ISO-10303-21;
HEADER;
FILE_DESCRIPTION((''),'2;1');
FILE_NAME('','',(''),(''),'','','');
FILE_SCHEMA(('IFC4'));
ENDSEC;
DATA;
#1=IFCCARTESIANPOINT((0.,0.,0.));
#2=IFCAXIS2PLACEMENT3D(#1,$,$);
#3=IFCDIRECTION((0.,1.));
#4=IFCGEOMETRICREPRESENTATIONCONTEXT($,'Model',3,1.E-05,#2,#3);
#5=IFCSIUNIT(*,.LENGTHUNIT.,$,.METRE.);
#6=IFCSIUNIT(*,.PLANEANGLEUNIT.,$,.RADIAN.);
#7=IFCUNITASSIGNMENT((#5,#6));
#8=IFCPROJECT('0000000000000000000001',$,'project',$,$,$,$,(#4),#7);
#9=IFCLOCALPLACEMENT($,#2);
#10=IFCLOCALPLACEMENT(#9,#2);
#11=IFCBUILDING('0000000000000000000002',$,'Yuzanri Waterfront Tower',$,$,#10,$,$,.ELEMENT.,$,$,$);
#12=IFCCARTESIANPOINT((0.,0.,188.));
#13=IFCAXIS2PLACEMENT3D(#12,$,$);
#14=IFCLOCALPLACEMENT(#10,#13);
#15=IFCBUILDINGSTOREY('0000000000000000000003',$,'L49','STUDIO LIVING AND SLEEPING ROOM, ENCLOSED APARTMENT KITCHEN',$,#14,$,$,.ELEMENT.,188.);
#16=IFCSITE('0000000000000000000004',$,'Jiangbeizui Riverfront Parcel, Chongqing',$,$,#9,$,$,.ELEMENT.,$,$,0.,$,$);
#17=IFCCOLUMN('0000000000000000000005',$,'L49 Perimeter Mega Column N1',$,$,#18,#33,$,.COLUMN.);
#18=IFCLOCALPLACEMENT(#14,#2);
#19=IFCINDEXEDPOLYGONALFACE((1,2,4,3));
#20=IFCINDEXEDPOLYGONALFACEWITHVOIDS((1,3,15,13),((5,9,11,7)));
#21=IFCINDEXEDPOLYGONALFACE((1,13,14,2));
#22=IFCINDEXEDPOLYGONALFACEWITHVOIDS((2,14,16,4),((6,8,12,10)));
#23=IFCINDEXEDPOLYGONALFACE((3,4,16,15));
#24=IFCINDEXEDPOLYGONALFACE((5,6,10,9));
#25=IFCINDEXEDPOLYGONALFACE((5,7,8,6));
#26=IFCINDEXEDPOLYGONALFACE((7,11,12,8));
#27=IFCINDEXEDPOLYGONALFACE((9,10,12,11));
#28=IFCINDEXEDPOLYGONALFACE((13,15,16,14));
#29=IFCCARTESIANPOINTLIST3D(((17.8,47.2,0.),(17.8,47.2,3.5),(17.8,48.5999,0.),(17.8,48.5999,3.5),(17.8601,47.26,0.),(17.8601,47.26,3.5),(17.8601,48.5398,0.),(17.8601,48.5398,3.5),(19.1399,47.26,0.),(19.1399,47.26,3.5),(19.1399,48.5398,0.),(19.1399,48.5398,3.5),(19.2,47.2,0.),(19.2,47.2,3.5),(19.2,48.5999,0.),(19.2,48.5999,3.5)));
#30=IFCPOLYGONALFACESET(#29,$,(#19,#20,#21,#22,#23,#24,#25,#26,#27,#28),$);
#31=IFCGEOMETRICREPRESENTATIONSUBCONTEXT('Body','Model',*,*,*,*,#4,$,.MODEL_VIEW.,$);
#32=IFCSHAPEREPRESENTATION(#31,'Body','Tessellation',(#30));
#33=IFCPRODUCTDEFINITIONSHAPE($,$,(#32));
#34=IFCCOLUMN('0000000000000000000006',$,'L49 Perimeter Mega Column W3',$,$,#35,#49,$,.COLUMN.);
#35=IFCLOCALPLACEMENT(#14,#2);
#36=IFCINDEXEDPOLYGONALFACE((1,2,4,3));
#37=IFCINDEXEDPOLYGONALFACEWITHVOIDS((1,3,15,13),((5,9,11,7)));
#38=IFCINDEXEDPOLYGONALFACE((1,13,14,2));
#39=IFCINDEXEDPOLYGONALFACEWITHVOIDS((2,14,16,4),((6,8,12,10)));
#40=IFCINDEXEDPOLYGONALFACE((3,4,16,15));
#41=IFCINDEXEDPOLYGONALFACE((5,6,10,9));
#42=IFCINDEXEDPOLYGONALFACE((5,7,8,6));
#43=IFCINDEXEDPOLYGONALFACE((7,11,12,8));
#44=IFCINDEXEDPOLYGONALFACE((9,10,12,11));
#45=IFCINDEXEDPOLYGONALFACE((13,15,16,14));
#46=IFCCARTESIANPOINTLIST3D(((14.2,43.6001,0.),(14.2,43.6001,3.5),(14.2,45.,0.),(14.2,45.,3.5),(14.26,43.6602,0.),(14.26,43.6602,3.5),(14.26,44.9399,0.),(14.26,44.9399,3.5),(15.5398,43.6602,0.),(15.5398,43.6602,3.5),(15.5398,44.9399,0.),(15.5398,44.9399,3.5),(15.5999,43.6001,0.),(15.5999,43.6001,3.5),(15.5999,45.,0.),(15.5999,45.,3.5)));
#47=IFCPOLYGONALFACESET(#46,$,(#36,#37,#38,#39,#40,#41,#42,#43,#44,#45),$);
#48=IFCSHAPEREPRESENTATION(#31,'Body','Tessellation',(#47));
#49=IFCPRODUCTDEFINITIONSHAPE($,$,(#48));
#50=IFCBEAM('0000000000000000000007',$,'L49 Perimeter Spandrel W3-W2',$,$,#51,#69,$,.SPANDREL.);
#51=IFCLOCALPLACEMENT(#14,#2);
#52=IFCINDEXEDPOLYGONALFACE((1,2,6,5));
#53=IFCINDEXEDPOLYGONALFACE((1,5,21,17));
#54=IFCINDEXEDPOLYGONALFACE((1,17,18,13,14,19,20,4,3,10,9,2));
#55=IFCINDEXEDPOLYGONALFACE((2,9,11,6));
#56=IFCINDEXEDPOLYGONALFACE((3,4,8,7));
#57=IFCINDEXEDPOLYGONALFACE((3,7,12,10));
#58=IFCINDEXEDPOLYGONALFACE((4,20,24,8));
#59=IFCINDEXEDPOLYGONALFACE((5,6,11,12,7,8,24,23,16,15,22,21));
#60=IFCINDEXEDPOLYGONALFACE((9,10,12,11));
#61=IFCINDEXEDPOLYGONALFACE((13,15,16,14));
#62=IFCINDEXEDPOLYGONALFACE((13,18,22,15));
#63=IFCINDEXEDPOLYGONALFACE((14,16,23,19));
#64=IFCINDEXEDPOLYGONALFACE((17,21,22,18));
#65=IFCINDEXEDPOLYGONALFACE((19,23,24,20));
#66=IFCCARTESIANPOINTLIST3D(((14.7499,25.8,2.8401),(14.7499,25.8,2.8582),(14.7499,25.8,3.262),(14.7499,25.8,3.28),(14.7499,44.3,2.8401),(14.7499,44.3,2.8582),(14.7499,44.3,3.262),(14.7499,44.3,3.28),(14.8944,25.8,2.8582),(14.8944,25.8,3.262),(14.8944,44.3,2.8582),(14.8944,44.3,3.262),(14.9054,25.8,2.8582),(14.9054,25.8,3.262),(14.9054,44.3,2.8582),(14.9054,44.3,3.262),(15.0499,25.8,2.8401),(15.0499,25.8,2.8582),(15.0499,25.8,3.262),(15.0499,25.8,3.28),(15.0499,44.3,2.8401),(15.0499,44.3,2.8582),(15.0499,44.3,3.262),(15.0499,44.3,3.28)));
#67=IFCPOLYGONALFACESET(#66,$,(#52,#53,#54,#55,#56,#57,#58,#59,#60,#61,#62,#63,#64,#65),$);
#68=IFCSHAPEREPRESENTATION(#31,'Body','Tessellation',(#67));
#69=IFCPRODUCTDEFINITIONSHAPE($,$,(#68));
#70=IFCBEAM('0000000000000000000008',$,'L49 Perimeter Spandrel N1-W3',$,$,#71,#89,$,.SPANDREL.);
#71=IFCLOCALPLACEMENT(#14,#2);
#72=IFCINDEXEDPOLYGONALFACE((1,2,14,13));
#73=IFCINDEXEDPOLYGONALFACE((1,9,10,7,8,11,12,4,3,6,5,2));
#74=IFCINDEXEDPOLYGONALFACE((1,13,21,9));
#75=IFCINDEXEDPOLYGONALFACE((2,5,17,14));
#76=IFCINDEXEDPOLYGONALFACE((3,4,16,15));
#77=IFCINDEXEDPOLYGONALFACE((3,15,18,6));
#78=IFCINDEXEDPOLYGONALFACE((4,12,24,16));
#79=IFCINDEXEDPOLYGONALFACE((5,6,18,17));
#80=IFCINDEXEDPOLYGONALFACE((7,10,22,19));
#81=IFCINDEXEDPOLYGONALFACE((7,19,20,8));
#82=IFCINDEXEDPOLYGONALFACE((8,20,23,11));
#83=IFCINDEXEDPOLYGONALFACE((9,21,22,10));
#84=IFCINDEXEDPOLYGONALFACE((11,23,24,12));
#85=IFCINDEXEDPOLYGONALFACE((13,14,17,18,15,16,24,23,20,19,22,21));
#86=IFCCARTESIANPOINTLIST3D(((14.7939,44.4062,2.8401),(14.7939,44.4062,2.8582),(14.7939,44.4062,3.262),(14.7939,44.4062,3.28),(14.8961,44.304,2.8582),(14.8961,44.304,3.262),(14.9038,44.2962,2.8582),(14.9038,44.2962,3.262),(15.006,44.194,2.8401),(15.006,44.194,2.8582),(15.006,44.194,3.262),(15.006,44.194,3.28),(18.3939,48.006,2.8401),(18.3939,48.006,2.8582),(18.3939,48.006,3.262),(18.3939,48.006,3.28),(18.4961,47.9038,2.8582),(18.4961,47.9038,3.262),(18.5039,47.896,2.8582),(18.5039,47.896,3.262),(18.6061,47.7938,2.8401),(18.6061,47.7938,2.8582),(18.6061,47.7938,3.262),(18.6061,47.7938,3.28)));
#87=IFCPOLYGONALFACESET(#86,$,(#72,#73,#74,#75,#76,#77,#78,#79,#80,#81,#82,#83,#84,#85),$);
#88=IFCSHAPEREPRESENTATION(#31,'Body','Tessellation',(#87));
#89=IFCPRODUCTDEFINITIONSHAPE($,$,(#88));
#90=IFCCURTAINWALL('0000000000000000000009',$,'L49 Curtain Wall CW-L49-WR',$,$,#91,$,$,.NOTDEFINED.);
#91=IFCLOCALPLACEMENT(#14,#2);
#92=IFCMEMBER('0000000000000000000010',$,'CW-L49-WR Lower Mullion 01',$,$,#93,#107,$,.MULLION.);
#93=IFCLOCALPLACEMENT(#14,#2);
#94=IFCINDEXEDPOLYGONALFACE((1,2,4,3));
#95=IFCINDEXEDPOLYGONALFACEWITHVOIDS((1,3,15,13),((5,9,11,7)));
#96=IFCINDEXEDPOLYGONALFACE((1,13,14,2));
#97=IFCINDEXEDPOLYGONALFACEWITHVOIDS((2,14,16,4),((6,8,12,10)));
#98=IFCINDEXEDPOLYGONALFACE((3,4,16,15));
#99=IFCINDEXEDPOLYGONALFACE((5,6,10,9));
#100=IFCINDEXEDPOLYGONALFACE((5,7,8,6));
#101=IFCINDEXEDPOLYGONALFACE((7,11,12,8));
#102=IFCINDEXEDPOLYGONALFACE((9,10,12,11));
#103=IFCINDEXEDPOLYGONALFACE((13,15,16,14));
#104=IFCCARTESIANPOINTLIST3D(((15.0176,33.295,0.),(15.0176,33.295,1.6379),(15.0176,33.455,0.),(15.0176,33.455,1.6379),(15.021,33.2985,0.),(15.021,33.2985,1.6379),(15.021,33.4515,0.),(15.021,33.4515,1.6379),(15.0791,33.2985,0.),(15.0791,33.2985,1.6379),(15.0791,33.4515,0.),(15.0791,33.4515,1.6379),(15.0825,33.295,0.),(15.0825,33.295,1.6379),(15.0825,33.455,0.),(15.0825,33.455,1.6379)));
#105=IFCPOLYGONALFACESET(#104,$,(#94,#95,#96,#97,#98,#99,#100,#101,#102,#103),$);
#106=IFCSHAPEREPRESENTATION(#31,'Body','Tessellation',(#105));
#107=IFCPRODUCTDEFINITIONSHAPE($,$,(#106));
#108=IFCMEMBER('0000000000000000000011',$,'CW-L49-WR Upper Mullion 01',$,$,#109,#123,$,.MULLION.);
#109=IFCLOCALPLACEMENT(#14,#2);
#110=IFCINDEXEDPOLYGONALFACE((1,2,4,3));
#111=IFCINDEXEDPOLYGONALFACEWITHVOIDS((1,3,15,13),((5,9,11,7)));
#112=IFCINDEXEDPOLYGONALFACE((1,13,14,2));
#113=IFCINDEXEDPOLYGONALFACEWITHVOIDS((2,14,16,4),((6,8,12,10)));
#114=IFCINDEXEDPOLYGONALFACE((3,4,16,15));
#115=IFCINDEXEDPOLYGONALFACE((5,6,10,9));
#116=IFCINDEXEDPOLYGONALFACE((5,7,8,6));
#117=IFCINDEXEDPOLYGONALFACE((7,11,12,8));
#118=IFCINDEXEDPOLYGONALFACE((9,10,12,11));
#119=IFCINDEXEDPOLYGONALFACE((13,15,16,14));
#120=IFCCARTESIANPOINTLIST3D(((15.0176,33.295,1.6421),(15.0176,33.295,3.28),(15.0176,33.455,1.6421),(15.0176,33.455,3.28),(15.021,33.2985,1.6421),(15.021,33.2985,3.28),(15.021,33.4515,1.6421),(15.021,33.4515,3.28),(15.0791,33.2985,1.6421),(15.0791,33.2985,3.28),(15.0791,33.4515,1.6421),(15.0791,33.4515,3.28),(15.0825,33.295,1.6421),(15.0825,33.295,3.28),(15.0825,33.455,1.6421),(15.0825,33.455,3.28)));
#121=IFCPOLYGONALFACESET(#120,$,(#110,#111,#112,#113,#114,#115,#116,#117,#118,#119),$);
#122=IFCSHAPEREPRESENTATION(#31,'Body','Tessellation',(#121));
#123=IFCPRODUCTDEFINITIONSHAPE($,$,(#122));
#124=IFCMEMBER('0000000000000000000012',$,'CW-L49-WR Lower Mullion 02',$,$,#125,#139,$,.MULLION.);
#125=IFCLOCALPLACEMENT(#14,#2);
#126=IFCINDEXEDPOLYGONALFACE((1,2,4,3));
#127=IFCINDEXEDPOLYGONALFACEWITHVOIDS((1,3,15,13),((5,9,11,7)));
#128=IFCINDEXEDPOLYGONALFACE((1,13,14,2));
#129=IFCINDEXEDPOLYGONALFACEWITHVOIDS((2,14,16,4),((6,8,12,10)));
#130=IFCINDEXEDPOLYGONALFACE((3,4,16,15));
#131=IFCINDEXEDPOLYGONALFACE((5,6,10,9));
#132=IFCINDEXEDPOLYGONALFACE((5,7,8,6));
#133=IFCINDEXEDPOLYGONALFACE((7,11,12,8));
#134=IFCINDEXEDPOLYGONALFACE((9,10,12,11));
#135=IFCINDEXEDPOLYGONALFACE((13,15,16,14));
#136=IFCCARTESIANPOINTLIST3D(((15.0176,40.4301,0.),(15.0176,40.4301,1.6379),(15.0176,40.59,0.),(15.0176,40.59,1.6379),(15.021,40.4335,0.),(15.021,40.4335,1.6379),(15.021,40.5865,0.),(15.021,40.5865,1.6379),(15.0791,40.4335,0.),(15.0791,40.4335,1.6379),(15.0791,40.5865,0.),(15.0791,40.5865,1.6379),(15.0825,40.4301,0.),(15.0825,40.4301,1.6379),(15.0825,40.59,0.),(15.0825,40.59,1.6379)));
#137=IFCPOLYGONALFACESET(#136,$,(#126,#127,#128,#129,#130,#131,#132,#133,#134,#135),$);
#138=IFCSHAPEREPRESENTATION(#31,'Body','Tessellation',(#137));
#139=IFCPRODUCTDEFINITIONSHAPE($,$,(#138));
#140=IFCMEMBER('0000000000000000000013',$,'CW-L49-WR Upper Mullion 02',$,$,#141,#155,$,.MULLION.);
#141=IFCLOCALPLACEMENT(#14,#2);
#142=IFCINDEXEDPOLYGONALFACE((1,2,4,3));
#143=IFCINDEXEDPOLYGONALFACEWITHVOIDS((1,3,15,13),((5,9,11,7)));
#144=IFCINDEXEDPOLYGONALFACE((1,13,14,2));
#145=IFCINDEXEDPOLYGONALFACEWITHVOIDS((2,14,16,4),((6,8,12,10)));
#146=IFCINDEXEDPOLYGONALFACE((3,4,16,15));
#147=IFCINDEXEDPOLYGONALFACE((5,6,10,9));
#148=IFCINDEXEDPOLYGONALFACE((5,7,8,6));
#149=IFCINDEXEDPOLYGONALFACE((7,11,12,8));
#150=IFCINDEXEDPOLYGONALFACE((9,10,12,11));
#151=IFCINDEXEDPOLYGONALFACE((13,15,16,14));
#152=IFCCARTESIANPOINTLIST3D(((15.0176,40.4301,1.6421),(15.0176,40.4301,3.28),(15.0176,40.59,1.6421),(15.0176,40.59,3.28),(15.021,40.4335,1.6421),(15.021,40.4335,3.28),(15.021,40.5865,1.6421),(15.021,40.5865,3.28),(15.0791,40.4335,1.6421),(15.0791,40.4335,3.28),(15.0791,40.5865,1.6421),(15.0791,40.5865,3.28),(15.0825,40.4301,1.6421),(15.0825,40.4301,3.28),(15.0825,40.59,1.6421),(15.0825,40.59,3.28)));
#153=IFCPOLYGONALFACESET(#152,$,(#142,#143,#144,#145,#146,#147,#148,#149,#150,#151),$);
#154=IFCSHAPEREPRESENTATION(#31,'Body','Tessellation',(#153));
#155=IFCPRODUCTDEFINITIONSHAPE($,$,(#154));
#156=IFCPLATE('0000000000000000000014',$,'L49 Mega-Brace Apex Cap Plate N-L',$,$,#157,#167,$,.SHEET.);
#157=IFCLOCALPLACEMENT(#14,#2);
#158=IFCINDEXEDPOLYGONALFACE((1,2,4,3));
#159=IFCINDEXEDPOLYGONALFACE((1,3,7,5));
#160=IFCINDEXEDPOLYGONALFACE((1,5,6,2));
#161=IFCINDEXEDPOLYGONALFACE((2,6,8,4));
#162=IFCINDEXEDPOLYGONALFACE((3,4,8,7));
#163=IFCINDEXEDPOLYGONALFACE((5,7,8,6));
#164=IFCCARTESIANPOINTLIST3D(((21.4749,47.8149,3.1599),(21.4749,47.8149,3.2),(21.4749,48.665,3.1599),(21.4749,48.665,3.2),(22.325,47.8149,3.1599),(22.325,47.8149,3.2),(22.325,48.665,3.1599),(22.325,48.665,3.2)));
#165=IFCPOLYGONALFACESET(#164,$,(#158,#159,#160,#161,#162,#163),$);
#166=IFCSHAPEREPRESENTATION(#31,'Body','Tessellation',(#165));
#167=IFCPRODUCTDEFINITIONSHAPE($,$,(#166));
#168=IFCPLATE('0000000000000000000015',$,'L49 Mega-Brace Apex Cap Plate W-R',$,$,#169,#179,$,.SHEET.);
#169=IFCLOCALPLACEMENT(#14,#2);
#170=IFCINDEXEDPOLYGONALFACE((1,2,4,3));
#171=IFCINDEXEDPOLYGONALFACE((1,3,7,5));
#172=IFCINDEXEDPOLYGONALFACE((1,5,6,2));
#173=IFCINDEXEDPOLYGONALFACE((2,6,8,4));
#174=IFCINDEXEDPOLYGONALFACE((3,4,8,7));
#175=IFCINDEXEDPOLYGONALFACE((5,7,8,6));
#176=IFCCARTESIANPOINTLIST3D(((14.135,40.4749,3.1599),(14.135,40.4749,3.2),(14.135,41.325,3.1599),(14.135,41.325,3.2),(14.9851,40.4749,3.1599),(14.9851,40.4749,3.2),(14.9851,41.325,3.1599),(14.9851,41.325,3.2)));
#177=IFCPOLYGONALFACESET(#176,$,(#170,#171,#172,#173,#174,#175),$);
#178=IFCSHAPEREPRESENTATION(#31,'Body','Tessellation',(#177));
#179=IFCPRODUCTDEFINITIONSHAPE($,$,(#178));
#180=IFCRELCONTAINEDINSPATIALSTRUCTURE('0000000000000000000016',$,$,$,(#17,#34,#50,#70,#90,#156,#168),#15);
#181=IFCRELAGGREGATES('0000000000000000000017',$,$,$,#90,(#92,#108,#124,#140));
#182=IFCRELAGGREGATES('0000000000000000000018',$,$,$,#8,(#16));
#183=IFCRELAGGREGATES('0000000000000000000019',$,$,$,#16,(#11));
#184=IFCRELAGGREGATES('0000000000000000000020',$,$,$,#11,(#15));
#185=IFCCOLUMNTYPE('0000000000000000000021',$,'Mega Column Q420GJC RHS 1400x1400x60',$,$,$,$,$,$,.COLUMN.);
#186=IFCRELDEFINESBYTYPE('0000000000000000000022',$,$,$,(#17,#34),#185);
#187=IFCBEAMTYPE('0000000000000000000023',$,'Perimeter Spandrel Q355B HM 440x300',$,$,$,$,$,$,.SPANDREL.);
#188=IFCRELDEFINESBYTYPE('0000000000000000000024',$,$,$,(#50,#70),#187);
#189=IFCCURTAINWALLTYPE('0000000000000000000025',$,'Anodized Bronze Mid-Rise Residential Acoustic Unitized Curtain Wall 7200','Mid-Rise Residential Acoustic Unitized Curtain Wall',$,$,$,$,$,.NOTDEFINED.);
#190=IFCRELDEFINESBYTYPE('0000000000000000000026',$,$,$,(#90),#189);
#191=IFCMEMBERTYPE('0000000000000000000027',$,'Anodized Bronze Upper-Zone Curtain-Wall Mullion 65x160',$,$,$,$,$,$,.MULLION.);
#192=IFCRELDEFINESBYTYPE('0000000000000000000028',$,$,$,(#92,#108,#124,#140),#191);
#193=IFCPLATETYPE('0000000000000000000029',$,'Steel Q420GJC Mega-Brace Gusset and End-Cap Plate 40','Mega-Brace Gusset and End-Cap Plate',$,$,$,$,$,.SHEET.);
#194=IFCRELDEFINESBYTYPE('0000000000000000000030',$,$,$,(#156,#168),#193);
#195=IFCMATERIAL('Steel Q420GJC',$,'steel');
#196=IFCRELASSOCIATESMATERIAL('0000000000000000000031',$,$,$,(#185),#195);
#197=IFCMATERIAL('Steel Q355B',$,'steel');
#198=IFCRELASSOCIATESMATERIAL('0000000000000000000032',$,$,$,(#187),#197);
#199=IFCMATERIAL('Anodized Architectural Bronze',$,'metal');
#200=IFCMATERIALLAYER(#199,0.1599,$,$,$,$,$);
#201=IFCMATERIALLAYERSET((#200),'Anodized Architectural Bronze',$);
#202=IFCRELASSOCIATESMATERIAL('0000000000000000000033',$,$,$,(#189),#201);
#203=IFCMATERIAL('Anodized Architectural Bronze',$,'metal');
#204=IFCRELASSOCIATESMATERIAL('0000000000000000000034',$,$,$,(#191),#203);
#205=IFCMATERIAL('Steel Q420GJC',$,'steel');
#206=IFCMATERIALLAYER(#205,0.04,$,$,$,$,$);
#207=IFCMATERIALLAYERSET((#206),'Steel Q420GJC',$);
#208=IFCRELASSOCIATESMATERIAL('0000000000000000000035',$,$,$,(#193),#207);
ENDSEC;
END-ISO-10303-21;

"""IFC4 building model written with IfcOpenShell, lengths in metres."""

from ifc_helpers import new_model, si_unit, direction, frame, origin, origin_2d, place, context, subcontext, project, spatial, rectangle, hollow_rectangle, i_section, extrude, source, transform, mapped, material, layer, layer_set, material_profile, profile_set, type_object, element, aggregate, save


model = new_model("IFC4")

# Units and contexts
model_context = context("Model", 3, precision=1e-05, world=origin(), true_north=direction((0.0, 1.0)))
body_context = subcontext(model_context, "Body", "Model", "MODEL_VIEW")
ifc_project = project(units=[si_unit("LENGTHUNIT", "METRE"), si_unit("PLANEANGLEUNIT", "RADIAN")], contexts=[model_context])

# Site, building, storey
site_placement = place(None, origin())
site = spatial("IfcSite", under=ifc_project, at=site_placement, Name="Jiangbeizui Riverfront Parcel, Chongqing", CompositionType="ELEMENT", RefElevation=0.0)
building_placement = place(site_placement, origin())
building = spatial("IfcBuilding", under=site, at=building_placement, Name="Yuzanri Waterfront Tower", CompositionType="ELEMENT")
storey_placement = place(building_placement, frame((0.0, 0.0, 188.0)))
storey = spatial("IfcBuildingStorey", under=building, at=storey_placement, Name="L49", Description="STUDIO LIVING AND SLEEPING ROOM, ENCLOSED APARTMENT KITCHEN", CompositionType="ELEMENT", Elevation=188.0)

# Columns
ifc_material_1 = material(Name="Steel Q420GJC", Category="steel")
ifc_material_profile_1 = material_profile(ifc_material_1, hollow_rectangle(XDim=1.3999, YDim=1.3999, WallThickness=0.0601, at=origin_2d()), Name="RHS 1400x1400x60")
ifc_profile_set_1 = profile_set([ifc_material_profile_1], Name="Steel Q420GJC")
column_type = type_object("IfcColumnType", Name="Mega Column Q420GJC RHS 1400x1400x60", PredefinedType="COLUMN", material=ifc_profile_set_1)
shared_shape_1 = source(origin(), body_context, "Body", "SweptSolid", [
    extrude(hollow_rectangle(XDim=1.3999, YDim=1.3999, WallThickness=0.0601, at=origin_2d()), origin(), (0.0, 0.0, 1.0), 3.5),
])
for number, where, z_axis, x_axis, name in (
    (1, (18.5, 47.8999, 0.0), (0.0, 0.0, 1.0), (1.0, 0.0, 0.0), "L49 Perimeter Mega Column N1"),
    (2, (14.8999, 44.3, 0.0), (0.0, 0.0, 1.0), (1.0, 0.0, 0.0), "L49 Perimeter Mega Column W3"),
):
    element("IfcColumn", number, at=place(storey_placement, frame(where, z_axis=z_axis, x_axis=x_axis)), inside=storey, type_object=column_type, Name=name, PredefinedType="COLUMN", context=body_context, shape_type="MappedRepresentation", body=[
        mapped(shared_shape_1, transform((0.0, 0.0, 0.0), scale=1.0)),
    ])

# Beams
ifc_material_2 = material(Name="Steel Q355B", Category="steel")
ifc_material_profile_2 = material_profile(ifc_material_2, i_section(OverallWidth=0.3, OverallDepth=0.4399, WebThickness=0.011, FlangeThickness=0.0181, at=origin_2d()), Name="HM 440x300x11x18")
ifc_profile_set_2 = profile_set([ifc_material_profile_2], Name="Steel Q355B")
beam_type = type_object("IfcBeamType", Name="Perimeter Spandrel Q355B HM 440x300", PredefinedType="SPANDREL", material=ifc_profile_set_2)
shared_shape_2 = source(origin(), body_context, "Body", "SweptSolid", [
    extrude(i_section(OverallWidth=0.3, OverallDepth=0.4399, WebThickness=0.011, FlangeThickness=0.0181, at=origin_2d()), origin(), (0.0, 0.0, 1.0), 18.5),
])
beam_1_placement = place(storey_placement, frame((14.8999, 44.3, 3.0601), z_axis=(0.0, -1.0, 0.0), x_axis=(1.0, 0.0, 0.0)))
element("IfcBeam", 3, at=beam_1_placement, inside=storey, type_object=beam_type, Name="L49 Perimeter Spandrel W3-W2", PredefinedType="SPANDREL", context=body_context, shape_type="MappedRepresentation", body=[
    mapped(shared_shape_2, transform((0.0, 0.0, 0.0), scale=1.0)),
])
shared_shape_3 = source(origin(), body_context, "Body", "SweptSolid", [
    extrude(i_section(OverallWidth=0.3, OverallDepth=0.4399, WebThickness=0.011, FlangeThickness=0.0181, at=origin_2d()), origin(), (0.0, 0.0, 1.0), 5.0911),
])
beam_2_placement = place(storey_placement, frame((18.5, 47.8999, 3.0601), z_axis=(-0.707131, -0.707083, 0.0), x_axis=(0.707083, -0.707131, 0.0)))
element("IfcBeam", 4, at=beam_2_placement, inside=storey, type_object=beam_type, Name="L49 Perimeter Spandrel N1-W3", PredefinedType="SPANDREL", context=body_context, shape_type="MappedRepresentation", body=[
    mapped(shared_shape_3, transform((0.0, 0.0, 0.0), scale=1.0)),
])

# Curtain wall, members
ifc_material_3 = material(Name="Anodized Architectural Bronze", Category="metal")
ifc_layer_1 = layer(ifc_material_3, 0.1599)
ifc_layer_set_1 = layer_set([ifc_layer_1], Name="Anodized Architectural Bronze")
curtain_wall_type = type_object("IfcCurtainWallType", Name="Anodized Bronze Mid-Rise Residential Acoustic Unitized Curtain Wall 7200", Description="Mid-Rise Residential Acoustic Unitized Curtain Wall", PredefinedType="NOTDEFINED", material=ifc_layer_set_1)
curtain_wall_placement = place(storey_placement, origin())
curtain_wall = element("IfcCurtainWall", 5, at=curtain_wall_placement, inside=storey, type_object=curtain_wall_type, Name="L49 Curtain Wall CW-L49-WR", PredefinedType="NOTDEFINED")
ifc_material_4 = material(Name="Anodized Architectural Bronze", Category="metal")
ifc_material_profile_3 = material_profile(ifc_material_4, hollow_rectangle(XDim=0.0649, YDim=0.1599, WallThickness=0.0034, at=origin_2d()), Name="CWM 65x160")
ifc_profile_set_3 = profile_set([ifc_material_profile_3], Name="Anodized Architectural Bronze")
member_type = type_object("IfcMemberType", Name="Anodized Bronze Upper-Zone Curtain-Wall Mullion 65x160", PredefinedType="MULLION", material=ifc_profile_set_3)
shared_shape_4 = source(origin(), body_context, "Body", "SweptSolid", [
    extrude(hollow_rectangle(XDim=0.0649, YDim=0.1599, WallThickness=0.0034, at=origin_2d()), origin(), (0.0, 0.0, 1.0), 1.6379),
])
member_1_placement = place(storey_placement, frame((15.05, 33.375, 0.0), z_axis=(0.0, 0.0, 1.0), x_axis=(1.0, 0.0, 0.0)))
member_1 = element("IfcMember", 6, at=member_1_placement, type_object=member_type, Name="CW-L49-WR Lower Mullion 01", PredefinedType="MULLION", context=body_context, shape_type="MappedRepresentation", body=[
    mapped(shared_shape_4, transform((0.0, 0.0, 0.0), scale=1.0)),
])
member_2_placement = place(storey_placement, frame((15.05, 33.375, 1.6421), z_axis=(0.0, 0.0, 1.0), x_axis=(1.0, 0.0, 0.0)))
member_2 = element("IfcMember", 7, at=member_2_placement, type_object=member_type, Name="CW-L49-WR Upper Mullion 01", PredefinedType="MULLION", context=body_context, shape_type="MappedRepresentation", body=[
    mapped(shared_shape_4, transform((0.0, 0.0, 0.0), scale=1.0)),
])
member_3_placement = place(storey_placement, frame((15.05, 40.51, 0.0), z_axis=(0.0, 0.0, 1.0), x_axis=(1.0, 0.0, 0.0)))
member_3 = element("IfcMember", 8, at=member_3_placement, type_object=member_type, Name="CW-L49-WR Lower Mullion 02", PredefinedType="MULLION", context=body_context, shape_type="MappedRepresentation", body=[
    mapped(shared_shape_4, transform((0.0, 0.0, 0.0), scale=1.0)),
])
member_4_placement = place(storey_placement, frame((15.05, 40.51, 1.6421), z_axis=(0.0, 0.0, 1.0), x_axis=(1.0, 0.0, 0.0)))
member_4 = element("IfcMember", 9, at=member_4_placement, type_object=member_type, Name="CW-L49-WR Upper Mullion 02", PredefinedType="MULLION", context=body_context, shape_type="MappedRepresentation", body=[
    mapped(shared_shape_4, transform((0.0, 0.0, 0.0), scale=1.0)),
])

# Plates
ifc_material_5 = material(Name="Steel Q420GJC", Category="steel")
ifc_layer_2 = layer(ifc_material_5, 0.04)
ifc_layer_set_2 = layer_set([ifc_layer_2], Name="Steel Q420GJC")
plate_type_1 = type_object("IfcPlateType", Name="Steel Q420GJC Mega-Brace Gusset and End-Cap Plate 40", Description="Mega-Brace Gusset and End-Cap Plate", PredefinedType="SHEET", material=ifc_layer_set_2)
shared_shape_5 = source(origin(), body_context, "Body", "SweptSolid", [
    extrude(rectangle(XDim=0.8501, YDim=0.8501, at=origin_2d()), origin(), (0.0, 0.0, 1.0), 0.04),
])
for number, where, z_axis, x_axis, name in (
    (10, (21.8999, 48.24, 3.1599), (0.0, 0.0, 1.0), (1.0, 0.0, 0.0), "L49 Mega-Brace Apex Cap Plate N-L"),
    (11, (14.5601, 40.8999, 3.1599), (0.0, 0.0, 1.0), (1.0, 0.0, 0.0), "L49 Mega-Brace Apex Cap Plate W-R"),
):
    element("IfcPlate", number, at=place(storey_placement, frame(where, z_axis=z_axis, x_axis=x_axis)), inside=storey, type_object=plate_type_1, Name=name, PredefinedType="SHEET", context=body_context, shape_type="MappedRepresentation", body=[
        mapped(shared_shape_5, transform((0.0, 0.0, 0.0), scale=1.0)),
    ])

aggregate(curtain_wall, [member_1, member_2, member_3, member_4])

save(model, "model.ifc")
